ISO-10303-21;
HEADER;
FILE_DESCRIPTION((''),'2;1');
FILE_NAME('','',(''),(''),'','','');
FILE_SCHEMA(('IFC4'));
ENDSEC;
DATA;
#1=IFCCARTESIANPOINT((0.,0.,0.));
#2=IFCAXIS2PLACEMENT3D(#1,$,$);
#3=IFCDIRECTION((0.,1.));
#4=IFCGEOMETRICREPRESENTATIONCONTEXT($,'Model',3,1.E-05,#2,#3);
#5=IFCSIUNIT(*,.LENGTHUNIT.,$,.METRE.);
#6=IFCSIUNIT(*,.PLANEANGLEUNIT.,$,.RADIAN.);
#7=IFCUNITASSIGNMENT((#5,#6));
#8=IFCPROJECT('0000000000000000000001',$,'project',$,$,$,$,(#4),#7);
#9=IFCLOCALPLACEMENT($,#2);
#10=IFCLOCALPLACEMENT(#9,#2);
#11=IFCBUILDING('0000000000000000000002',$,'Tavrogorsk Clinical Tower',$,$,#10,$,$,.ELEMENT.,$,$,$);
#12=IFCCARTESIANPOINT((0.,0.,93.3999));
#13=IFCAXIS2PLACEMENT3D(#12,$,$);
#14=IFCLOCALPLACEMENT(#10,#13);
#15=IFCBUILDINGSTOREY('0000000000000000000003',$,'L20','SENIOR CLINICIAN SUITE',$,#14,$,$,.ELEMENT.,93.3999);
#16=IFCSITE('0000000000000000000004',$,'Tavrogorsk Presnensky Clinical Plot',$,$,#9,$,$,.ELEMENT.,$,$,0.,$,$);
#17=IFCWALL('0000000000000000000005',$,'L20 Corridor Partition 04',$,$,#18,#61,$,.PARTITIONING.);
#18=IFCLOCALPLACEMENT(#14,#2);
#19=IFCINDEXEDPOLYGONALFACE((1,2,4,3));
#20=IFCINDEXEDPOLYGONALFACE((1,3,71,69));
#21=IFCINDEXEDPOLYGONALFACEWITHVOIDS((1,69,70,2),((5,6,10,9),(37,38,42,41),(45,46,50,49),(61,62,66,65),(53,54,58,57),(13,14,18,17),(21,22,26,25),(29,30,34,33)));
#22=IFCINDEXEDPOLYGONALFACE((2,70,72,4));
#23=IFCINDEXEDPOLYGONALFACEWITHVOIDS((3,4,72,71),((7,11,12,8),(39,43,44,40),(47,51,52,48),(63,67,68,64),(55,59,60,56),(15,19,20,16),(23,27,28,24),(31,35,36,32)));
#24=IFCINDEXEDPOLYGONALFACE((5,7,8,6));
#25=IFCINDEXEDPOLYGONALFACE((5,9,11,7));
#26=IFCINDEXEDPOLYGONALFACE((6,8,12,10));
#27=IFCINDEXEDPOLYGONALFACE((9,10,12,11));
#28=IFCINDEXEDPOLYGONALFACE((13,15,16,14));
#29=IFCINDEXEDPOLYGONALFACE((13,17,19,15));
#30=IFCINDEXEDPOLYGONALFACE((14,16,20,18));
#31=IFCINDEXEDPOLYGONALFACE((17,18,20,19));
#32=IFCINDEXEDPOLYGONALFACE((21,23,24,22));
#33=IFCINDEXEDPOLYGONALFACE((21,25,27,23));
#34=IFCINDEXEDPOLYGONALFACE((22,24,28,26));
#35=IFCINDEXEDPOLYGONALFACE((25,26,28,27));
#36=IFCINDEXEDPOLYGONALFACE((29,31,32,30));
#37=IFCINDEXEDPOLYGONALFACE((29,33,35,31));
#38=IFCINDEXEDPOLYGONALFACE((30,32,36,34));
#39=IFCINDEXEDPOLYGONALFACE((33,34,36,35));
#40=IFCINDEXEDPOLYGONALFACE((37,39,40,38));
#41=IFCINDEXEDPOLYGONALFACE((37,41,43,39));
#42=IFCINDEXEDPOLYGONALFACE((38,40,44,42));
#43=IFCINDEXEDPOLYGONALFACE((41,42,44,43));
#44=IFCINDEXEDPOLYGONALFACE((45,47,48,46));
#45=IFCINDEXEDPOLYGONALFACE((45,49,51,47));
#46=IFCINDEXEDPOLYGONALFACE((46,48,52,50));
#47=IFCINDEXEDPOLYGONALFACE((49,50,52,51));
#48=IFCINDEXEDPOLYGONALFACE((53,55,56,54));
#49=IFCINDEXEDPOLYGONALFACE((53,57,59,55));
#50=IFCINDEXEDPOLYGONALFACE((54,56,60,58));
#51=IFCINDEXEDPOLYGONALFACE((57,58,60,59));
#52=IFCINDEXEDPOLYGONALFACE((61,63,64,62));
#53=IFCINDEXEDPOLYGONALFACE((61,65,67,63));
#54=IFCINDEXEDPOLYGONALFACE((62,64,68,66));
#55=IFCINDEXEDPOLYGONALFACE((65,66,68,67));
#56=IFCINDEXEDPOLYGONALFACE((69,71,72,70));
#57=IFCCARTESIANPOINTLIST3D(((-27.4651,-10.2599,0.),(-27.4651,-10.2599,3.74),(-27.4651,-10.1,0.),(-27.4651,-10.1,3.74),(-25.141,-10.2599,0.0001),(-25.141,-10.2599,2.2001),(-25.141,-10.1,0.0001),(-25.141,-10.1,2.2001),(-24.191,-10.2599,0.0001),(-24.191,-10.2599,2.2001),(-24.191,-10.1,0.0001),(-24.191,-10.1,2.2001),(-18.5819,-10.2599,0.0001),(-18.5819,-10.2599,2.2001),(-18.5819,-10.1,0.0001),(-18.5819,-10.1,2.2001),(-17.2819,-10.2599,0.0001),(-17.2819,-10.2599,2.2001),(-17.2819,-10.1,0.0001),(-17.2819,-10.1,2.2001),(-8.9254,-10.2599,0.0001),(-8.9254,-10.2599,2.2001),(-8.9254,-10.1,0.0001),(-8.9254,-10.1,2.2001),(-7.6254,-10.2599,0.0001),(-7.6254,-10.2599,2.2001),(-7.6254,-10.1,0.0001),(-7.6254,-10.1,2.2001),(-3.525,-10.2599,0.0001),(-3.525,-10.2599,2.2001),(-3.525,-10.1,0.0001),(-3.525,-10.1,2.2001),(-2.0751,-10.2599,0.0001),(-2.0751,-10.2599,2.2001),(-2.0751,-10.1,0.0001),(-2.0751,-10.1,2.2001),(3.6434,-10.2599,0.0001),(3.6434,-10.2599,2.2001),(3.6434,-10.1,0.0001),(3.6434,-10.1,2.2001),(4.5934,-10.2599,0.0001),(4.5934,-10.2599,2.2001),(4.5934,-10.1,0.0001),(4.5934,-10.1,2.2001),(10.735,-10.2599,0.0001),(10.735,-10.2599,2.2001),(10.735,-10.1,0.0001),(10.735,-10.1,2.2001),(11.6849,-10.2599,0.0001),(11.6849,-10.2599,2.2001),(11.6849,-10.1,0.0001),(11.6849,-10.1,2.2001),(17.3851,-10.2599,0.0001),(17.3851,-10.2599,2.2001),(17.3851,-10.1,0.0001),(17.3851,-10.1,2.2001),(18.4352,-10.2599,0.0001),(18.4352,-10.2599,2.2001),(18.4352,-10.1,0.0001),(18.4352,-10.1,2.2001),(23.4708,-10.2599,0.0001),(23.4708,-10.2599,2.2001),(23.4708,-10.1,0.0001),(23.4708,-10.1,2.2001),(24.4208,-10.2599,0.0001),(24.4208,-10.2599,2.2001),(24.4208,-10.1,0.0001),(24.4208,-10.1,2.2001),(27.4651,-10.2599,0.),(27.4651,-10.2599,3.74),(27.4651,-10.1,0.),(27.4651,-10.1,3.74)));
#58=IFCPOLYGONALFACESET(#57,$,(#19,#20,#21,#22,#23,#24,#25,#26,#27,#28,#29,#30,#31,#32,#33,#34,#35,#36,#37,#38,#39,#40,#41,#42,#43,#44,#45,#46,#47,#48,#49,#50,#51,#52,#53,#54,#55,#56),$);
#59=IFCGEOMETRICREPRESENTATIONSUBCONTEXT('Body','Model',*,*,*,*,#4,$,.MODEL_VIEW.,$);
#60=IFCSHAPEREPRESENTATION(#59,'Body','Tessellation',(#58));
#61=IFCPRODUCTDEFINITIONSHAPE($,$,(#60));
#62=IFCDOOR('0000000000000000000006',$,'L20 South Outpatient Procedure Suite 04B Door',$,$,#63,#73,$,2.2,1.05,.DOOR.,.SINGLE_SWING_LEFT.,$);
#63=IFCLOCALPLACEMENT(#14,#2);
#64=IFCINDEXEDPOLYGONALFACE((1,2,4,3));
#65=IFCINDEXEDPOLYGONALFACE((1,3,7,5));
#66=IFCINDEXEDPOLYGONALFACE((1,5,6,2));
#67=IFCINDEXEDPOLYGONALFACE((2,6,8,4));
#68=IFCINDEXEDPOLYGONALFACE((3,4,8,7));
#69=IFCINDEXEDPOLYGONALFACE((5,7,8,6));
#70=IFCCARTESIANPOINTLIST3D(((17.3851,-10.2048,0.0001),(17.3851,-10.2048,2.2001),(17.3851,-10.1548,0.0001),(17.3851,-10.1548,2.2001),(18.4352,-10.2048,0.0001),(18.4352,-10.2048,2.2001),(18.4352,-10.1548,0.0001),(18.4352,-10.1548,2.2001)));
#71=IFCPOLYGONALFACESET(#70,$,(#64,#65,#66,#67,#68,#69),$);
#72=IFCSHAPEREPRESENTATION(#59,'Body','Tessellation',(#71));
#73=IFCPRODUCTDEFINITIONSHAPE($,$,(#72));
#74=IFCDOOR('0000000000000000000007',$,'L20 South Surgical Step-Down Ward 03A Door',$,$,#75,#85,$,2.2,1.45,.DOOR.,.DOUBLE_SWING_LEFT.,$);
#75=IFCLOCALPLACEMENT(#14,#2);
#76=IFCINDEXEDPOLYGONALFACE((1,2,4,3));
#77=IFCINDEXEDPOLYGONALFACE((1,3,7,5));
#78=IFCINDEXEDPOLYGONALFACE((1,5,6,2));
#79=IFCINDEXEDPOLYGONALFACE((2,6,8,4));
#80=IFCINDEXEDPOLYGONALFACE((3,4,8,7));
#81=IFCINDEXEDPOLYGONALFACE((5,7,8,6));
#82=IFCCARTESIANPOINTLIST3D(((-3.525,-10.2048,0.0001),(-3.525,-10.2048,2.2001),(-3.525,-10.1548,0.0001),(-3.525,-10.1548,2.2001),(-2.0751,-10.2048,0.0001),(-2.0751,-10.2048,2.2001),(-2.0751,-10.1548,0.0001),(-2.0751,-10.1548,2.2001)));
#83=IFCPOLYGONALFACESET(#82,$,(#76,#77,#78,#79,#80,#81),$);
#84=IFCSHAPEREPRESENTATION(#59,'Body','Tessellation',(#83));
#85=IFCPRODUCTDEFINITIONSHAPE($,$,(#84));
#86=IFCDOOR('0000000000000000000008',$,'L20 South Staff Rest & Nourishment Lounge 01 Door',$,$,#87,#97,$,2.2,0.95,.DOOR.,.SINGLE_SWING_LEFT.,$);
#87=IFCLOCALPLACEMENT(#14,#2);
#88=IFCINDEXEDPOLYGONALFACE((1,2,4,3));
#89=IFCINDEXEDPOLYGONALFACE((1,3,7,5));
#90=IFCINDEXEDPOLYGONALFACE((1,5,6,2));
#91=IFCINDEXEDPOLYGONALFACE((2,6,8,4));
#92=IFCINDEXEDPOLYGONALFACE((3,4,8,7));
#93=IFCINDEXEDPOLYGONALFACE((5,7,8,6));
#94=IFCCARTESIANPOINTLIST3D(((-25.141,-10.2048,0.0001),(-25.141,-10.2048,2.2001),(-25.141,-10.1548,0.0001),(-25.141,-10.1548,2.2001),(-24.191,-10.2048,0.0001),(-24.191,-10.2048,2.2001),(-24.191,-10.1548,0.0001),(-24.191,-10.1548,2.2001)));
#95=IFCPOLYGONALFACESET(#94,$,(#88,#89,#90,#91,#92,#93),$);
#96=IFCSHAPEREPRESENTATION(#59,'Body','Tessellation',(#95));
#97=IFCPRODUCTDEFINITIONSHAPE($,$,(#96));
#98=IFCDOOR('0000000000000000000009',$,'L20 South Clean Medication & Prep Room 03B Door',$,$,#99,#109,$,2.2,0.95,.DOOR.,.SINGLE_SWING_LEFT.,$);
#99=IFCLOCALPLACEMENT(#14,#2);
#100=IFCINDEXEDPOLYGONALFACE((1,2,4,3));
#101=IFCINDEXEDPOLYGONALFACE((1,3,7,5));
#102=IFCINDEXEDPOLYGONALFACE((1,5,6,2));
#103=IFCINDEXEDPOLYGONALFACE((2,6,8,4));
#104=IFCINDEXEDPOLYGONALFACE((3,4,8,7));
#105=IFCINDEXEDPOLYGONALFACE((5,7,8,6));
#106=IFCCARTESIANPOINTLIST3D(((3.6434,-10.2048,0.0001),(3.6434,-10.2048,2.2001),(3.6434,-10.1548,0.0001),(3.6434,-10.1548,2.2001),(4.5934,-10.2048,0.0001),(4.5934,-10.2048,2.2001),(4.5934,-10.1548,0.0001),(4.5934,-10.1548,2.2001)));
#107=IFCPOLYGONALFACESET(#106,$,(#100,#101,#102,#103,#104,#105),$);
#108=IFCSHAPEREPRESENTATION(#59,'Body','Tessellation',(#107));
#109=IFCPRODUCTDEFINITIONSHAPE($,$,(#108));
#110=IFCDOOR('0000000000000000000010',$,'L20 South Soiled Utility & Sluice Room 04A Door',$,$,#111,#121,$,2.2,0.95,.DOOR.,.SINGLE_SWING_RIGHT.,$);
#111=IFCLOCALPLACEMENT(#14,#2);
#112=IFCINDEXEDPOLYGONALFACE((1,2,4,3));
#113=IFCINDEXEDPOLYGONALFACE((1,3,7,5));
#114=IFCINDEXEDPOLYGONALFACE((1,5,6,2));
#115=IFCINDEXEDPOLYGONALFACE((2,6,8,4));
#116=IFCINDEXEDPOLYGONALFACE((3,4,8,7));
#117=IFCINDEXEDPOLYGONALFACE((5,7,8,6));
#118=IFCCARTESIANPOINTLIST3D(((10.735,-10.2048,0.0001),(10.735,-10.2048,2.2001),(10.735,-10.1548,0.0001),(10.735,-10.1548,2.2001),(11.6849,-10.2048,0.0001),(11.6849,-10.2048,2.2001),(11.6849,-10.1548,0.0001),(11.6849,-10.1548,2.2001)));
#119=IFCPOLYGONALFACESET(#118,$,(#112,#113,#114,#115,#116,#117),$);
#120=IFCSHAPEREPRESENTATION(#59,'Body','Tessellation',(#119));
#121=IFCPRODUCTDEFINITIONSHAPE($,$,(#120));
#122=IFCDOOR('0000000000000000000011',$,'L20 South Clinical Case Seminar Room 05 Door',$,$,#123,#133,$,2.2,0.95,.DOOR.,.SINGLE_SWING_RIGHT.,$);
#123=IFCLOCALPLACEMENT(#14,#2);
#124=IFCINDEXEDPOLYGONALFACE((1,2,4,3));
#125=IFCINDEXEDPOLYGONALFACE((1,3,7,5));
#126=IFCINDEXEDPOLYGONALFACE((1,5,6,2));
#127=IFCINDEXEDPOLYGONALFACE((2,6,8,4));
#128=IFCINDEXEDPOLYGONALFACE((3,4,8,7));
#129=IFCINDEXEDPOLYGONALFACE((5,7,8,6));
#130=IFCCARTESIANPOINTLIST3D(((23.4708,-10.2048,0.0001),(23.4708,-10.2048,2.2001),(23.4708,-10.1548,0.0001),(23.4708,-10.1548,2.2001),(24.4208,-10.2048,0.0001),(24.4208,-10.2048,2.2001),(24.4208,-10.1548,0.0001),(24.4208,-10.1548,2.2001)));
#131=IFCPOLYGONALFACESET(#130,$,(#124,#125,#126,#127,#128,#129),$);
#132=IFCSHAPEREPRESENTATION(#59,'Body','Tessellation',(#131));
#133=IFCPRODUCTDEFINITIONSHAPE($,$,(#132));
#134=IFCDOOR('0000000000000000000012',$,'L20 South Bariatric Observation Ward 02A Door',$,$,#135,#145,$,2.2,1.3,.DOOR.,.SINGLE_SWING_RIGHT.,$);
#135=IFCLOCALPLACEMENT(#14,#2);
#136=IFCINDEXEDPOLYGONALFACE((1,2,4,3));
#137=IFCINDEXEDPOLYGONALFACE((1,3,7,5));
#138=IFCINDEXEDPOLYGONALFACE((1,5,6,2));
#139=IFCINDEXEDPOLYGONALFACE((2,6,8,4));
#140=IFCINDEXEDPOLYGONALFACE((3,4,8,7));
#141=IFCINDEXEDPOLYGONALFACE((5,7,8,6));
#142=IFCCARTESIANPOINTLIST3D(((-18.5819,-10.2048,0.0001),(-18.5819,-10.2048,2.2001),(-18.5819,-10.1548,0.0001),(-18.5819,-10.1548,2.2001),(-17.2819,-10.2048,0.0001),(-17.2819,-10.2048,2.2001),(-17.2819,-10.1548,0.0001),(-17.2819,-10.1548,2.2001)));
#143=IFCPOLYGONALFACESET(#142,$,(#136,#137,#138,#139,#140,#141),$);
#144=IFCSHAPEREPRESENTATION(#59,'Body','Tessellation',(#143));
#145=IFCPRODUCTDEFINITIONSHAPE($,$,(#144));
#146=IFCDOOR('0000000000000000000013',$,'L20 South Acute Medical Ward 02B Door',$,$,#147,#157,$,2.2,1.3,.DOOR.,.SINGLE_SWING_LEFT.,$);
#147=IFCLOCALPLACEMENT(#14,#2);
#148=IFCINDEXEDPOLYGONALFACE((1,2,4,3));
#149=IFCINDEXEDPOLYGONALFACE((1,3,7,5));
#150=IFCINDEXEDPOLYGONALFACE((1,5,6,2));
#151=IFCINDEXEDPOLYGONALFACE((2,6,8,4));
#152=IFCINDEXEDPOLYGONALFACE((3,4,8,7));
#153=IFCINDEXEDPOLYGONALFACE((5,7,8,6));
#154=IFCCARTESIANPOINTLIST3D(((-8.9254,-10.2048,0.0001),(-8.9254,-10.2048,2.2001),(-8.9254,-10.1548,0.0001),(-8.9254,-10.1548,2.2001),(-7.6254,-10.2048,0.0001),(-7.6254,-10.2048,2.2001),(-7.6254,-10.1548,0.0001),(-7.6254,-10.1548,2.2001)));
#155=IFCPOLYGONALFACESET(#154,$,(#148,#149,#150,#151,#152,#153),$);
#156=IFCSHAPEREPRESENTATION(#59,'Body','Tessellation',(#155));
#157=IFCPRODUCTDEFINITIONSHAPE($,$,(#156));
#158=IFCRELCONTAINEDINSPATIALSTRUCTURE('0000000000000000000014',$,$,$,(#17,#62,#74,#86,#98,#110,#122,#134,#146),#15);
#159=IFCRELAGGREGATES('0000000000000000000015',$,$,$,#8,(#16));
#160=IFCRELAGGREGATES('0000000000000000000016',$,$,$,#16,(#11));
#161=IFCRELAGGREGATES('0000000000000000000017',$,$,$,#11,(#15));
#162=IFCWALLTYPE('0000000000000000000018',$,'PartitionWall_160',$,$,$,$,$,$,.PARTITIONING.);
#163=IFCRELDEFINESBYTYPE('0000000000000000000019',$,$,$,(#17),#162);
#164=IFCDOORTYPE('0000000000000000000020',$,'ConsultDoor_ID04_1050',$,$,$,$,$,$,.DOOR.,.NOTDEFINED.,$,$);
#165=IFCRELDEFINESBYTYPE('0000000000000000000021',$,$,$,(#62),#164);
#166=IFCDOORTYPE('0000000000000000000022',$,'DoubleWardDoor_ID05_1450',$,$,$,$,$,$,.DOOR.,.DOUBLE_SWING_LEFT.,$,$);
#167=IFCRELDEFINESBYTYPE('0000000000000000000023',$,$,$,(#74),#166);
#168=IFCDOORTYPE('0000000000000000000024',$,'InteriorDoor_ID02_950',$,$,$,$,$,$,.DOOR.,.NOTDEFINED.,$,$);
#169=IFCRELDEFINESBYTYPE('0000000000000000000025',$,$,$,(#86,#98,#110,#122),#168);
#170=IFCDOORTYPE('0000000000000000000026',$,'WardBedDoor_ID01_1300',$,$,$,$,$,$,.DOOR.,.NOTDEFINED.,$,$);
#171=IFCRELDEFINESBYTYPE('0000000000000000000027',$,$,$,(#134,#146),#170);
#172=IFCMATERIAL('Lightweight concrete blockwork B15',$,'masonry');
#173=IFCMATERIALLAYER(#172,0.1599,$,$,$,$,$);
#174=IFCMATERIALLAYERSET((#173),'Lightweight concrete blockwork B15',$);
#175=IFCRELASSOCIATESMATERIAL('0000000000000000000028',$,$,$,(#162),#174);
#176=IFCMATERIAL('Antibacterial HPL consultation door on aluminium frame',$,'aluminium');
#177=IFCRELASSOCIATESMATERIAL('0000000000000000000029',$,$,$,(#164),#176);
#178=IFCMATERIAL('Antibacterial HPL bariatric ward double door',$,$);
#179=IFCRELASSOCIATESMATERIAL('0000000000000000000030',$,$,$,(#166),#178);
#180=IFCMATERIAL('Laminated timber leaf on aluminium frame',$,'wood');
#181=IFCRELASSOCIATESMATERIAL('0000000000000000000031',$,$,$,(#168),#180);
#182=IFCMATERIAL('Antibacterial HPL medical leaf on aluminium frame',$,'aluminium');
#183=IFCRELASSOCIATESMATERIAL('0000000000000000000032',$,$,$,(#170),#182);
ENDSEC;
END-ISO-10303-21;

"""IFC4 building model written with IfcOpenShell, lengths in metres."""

from ifc_helpers import new_model, si_unit, direction, frame, frame_2d, origin, place, context, subcontext, project, spatial, rectangle, extrude, material, layer, layer_set, type_object, element, fill, save


model = new_model("IFC4")

# Units and contexts
model_context = context("Model", 3, precision=1e-05, world=origin(), true_north=direction((0.0, 1.0)))
body_context = subcontext(model_context, "Body", "Model", "MODEL_VIEW")
ifc_project = project(units=[si_unit("LENGTHUNIT", "METRE"), si_unit("PLANEANGLEUNIT", "RADIAN")], contexts=[model_context])

# Site, building, storey
site_placement = place(None, origin())
site = spatial("IfcSite", under=ifc_project, at=site_placement, Name="Tavrogorsk Presnensky Clinical Plot", CompositionType="ELEMENT", RefElevation=0.0)
building_placement = place(site_placement, origin())
building = spatial("IfcBuilding", under=site, at=building_placement, Name="Tavrogorsk Clinical Tower", CompositionType="ELEMENT")
storey_placement = place(building_placement, frame((0.0, 0.0, 93.3999)))
storey = spatial("IfcBuildingStorey", under=building, at=storey_placement, Name="L20", Description="SENIOR CLINICIAN SUITE", CompositionType="ELEMENT", Elevation=93.3999)

# Wall, openings, doors
ifc_material_1 = material(Name="Lightweight concrete blockwork B15", Category="masonry")
ifc_layer_1 = layer(ifc_material_1, 0.1599)
ifc_layer_set_1 = layer_set([ifc_layer_1], Name="Lightweight concrete blockwork B15")
wall_type_1 = type_object("IfcWallType", Name="PartitionWall_160", PredefinedType="PARTITIONING", material=ifc_layer_set_1)
wall_1_placement = place(storey_placement, frame((27.4651, -10.1799, 0.0), z_axis=(0.0, 0.0, 1.0), x_axis=(-1.0, 0.0, 0.0)))
wall_1 = element("IfcWall", 1, at=wall_1_placement, inside=storey, type_object=wall_type_1, Name="L20 Corridor Partition 04", PredefinedType="PARTITIONING", context=body_context, shape_type="SweptSolid", body=[
    extrude(rectangle(XDim=54.9302, YDim=0.1599, at=frame_2d((27.4651, 0.0))), origin(), (0.0, 0.0, 1.0), 3.74),
])
opening_1_placement = place(wall_1_placement, frame((51.656, 0.0, 0.0)))
opening_1 = element("IfcOpeningElement", 2, at=opening_1_placement, cuts=wall_1, PredefinedType="OPENING", context=body_context, shape_type="SweptSolid", body=[
    extrude(rectangle(XDim=0.95, YDim=2.2, at=frame_2d((0.4751, 1.1001))), frame((0.0, 0.0898, 0.0), z_axis=(0.0, -1.0, 0.0), x_axis=(1.0, 0.0, 0.0)), (0.0, 0.0, 1.0), 0.1799),
])
opening_2_placement = place(wall_1_placement, frame((44.7471, 0.0, 0.0)))
opening_2 = element("IfcOpeningElement", 3, at=opening_2_placement, cuts=wall_1, PredefinedType="OPENING", context=body_context, shape_type="SweptSolid", body=[
    extrude(rectangle(XDim=1.3, YDim=2.2, at=frame_2d((0.6499, 1.1001))), frame((0.0, 0.0898, 0.0), z_axis=(0.0, -1.0, 0.0), x_axis=(1.0, 0.0, 0.0)), (0.0, 0.0, 1.0), 0.1799),
])
opening_3_placement = place(wall_1_placement, frame((35.0906, 0.0, 0.0)))
opening_3 = element("IfcOpeningElement", 4, at=opening_3_placement, cuts=wall_1, PredefinedType="OPENING", context=body_context, shape_type="SweptSolid", body=[
    extrude(rectangle(XDim=1.3, YDim=2.2, at=frame_2d((0.6499, 1.1001))), frame((0.0, 0.0898, 0.0), z_axis=(0.0, -1.0, 0.0), x_axis=(1.0, 0.0, 0.0)), (0.0, 0.0, 1.0), 0.1799),
])
opening_4_placement = place(wall_1_placement, frame((29.54, 0.0, 0.0)))
opening_4 = element("IfcOpeningElement", 5, at=opening_4_placement, cuts=wall_1, PredefinedType="OPENING", context=body_context, shape_type="SweptSolid", body=[
    extrude(rectangle(XDim=1.45, YDim=2.2, at=frame_2d((0.7251, 1.1001))), frame((0.0, 0.0898, 0.0), z_axis=(0.0, -1.0, 0.0), x_axis=(1.0, 0.0, 0.0)), (0.0, 0.0, 1.0), 0.1799),
])
opening_5_placement = place(wall_1_placement, frame((22.8716, 0.0, 0.0)))
opening_5 = element("IfcOpeningElement", 6, at=opening_5_placement, cuts=wall_1, PredefinedType="OPENING", context=body_context, shape_type="SweptSolid", body=[
    extrude(rectangle(XDim=0.95, YDim=2.2, at=frame_2d((0.4751, 1.1001))), frame((0.0, 0.0898, 0.0), z_axis=(0.0, -1.0, 0.0), x_axis=(1.0, 0.0, 0.0)), (0.0, 0.0, 1.0), 0.1799),
])
opening_6_placement = place(wall_1_placement, frame((15.78, 0.0, 0.0)))
opening_6 = element("IfcOpeningElement", 7, at=opening_6_placement, cuts=wall_1, PredefinedType="OPENING", context=body_context, shape_type="SweptSolid", body=[
    extrude(rectangle(XDim=0.95, YDim=2.2, at=frame_2d((0.4751, 1.1001))), frame((0.0, 0.0898, 0.0), z_axis=(0.0, -1.0, 0.0), x_axis=(1.0, 0.0, 0.0)), (0.0, 0.0, 1.0), 0.1799),
])
opening_7_placement = place(wall_1_placement, frame((9.03, 0.0, 0.0)))
opening_7 = element("IfcOpeningElement", 8, at=opening_7_placement, cuts=wall_1, PredefinedType="OPENING", context=body_context, shape_type="SweptSolid", body=[
    extrude(rectangle(XDim=1.05, YDim=2.2, at=frame_2d((0.5249, 1.1001))), frame((0.0, 0.0898, 0.0), z_axis=(0.0, -1.0, 0.0), x_axis=(1.0, 0.0, 0.0)), (0.0, 0.0, 1.0), 0.1799),
])
opening_8_placement = place(wall_1_placement, frame((3.0442, 0.0, 0.0)))
opening_8 = element("IfcOpeningElement", 9, at=opening_8_placement, cuts=wall_1, PredefinedType="OPENING", context=body_context, shape_type="SweptSolid", body=[
    extrude(rectangle(XDim=0.95, YDim=2.2, at=frame_2d((0.4751, 1.1001))), frame((0.0, 0.0898, 0.0), z_axis=(0.0, -1.0, 0.0), x_axis=(1.0, 0.0, 0.0)), (0.0, 0.0, 1.0), 0.1799),
])
ifc_material_2 = material(Name="Antibacterial HPL consultation door on aluminium frame", Category="aluminium")
door_type_1 = type_object("IfcDoorType", Name="ConsultDoor_ID04_1050", OperationType="NOTDEFINED", PredefinedType="DOOR", material=ifc_material_2)
door_1_placement = place(opening_7_placement, origin())
door_1 = element("IfcDoor", 10, at=door_1_placement, inside=storey, type_object=door_type_1, Name="L20 South Outpatient Procedure Suite 04B Door", OperationType="SINGLE_SWING_LEFT", OverallHeight=2.2, OverallWidth=1.05, PredefinedType="DOOR", context=body_context, shape_type="SweptSolid", body=[
    extrude(rectangle(XDim=1.05, YDim=2.2, at=frame_2d((0.5249, 1.1001))), frame((0.0, 0.0249, 0.0), z_axis=(0.0, -1.0, 0.0), x_axis=(1.0, 0.0, 0.0)), (0.0, 0.0, 1.0), 0.05),
])
fill(opening_7, door_1)
ifc_material_3 = material(Name="Antibacterial HPL bariatric ward double door")
door_type_2 = type_object("IfcDoorType", Name="DoubleWardDoor_ID05_1450", OperationType="DOUBLE_SWING_LEFT", PredefinedType="DOOR", material=ifc_material_3)
door_2_placement = place(opening_4_placement, origin())
door_2 = element("IfcDoor", 11, at=door_2_placement, inside=storey, type_object=door_type_2, Name="L20 South Surgical Step-Down Ward 03A Door", OperationType="DOUBLE_SWING_LEFT", OverallHeight=2.2, OverallWidth=1.45, PredefinedType="DOOR", context=body_context, shape_type="SweptSolid", body=[
    extrude(rectangle(XDim=1.45, YDim=2.2, at=frame_2d((0.7251, 1.1001))), frame((0.0, 0.0249, 0.0), z_axis=(0.0, -1.0, 0.0), x_axis=(1.0, 0.0, 0.0)), (0.0, 0.0, 1.0), 0.05),
])
fill(opening_4, door_2)
ifc_material_4 = material(Name="Laminated timber leaf on aluminium frame", Category="wood")
door_type_3 = type_object("IfcDoorType", Name="InteriorDoor_ID02_950", OperationType="NOTDEFINED", PredefinedType="DOOR", material=ifc_material_4)
door_3_placement = place(opening_1_placement, origin())
door_3 = element("IfcDoor", 12, at=door_3_placement, inside=storey, type_object=door_type_3, Name="L20 South Staff Rest & Nourishment Lounge 01 Door", OperationType="SINGLE_SWING_LEFT", OverallHeight=2.2, OverallWidth=0.95, PredefinedType="DOOR", context=body_context, shape_type="SweptSolid", body=[
    extrude(rectangle(XDim=0.95, YDim=2.2, at=frame_2d((0.4751, 1.1001))), frame((0.0, 0.0249, 0.0), z_axis=(0.0, -1.0, 0.0), x_axis=(1.0, 0.0, 0.0)), (0.0, 0.0, 1.0), 0.05),
])
fill(opening_1, door_3)
door_4_placement = place(opening_5_placement, origin())
door_4 = element("IfcDoor", 13, at=door_4_placement, inside=storey, type_object=door_type_3, Name="L20 South Clean Medication & Prep Room 03B Door", OperationType="SINGLE_SWING_LEFT", OverallHeight=2.2, OverallWidth=0.95, PredefinedType="DOOR", context=body_context, shape_type="SweptSolid", body=[
    extrude(rectangle(XDim=0.95, YDim=2.2, at=frame_2d((0.4751, 1.1001))), frame((0.0, 0.0249, 0.0), z_axis=(0.0, -1.0, 0.0), x_axis=(1.0, 0.0, 0.0)), (0.0, 0.0, 1.0), 0.05),
])
fill(opening_5, door_4)
door_5_placement = place(opening_6_placement, origin())
door_5 = element("IfcDoor", 14, at=door_5_placement, inside=storey, type_object=door_type_3, Name="L20 South Soiled Utility & Sluice Room 04A Door", OperationType="SINGLE_SWING_RIGHT", OverallHeight=2.2, OverallWidth=0.95, PredefinedType="DOOR", context=body_context, shape_type="SweptSolid", body=[
    extrude(rectangle(XDim=0.95, YDim=2.2, at=frame_2d((0.4751, 1.1001))), frame((0.0, 0.0249, 0.0), z_axis=(0.0, -1.0, 0.0), x_axis=(1.0, 0.0, 0.0)), (0.0, 0.0, 1.0), 0.05),
])
fill(opening_6, door_5)
door_6_placement = place(opening_8_placement, origin())
door_6 = element("IfcDoor", 15, at=door_6_placement, inside=storey, type_object=door_type_3, Name="L20 South Clinical Case Seminar Room 05 Door", OperationType="SINGLE_SWING_RIGHT", OverallHeight=2.2, OverallWidth=0.95, PredefinedType="DOOR", context=body_context, shape_type="SweptSolid", body=[
    extrude(rectangle(XDim=0.95, YDim=2.2, at=frame_2d((0.4751, 1.1001))), frame((0.0, 0.0249, 0.0), z_axis=(0.0, -1.0, 0.0), x_axis=(1.0, 0.0, 0.0)), (0.0, 0.0, 1.0), 0.05),
])
fill(opening_8, door_6)
ifc_material_5 = material(Name="Antibacterial HPL medical leaf on aluminium frame", Category="aluminium")
door_type_4 = type_object("IfcDoorType", Name="WardBedDoor_ID01_1300", OperationType="NOTDEFINED", PredefinedType="DOOR", material=ifc_material_5)
door_7_placement = place(opening_2_placement, origin())
door_7 = element("IfcDoor", 16, at=door_7_placement, inside=storey, type_object=door_type_4, Name="L20 South Bariatric Observation Ward 02A Door", OperationType="SINGLE_SWING_RIGHT", OverallHeight=2.2, OverallWidth=1.3, PredefinedType="DOOR", context=body_context, shape_type="SweptSolid", body=[
    extrude(rectangle(XDim=1.3, YDim=2.2, at=frame_2d((0.6499, 1.1001))), frame((0.0, 0.0249, 0.0), z_axis=(0.0, -1.0, 0.0), x_axis=(1.0, 0.0, 0.0)), (0.0, 0.0, 1.0), 0.05),
])
fill(opening_2, door_7)
door_8_placement = place(opening_3_placement, origin())
door_8 = element("IfcDoor", 17, at=door_8_placement, inside=storey, type_object=door_type_4, Name="L20 South Acute Medical Ward 02B Door", OperationType="SINGLE_SWING_LEFT", OverallHeight=2.2, OverallWidth=1.3, PredefinedType="DOOR", context=body_context, shape_type="SweptSolid", body=[
    extrude(rectangle(XDim=1.3, YDim=2.2, at=frame_2d((0.6499, 1.1001))), frame((0.0, 0.0249, 0.0), z_axis=(0.0, -1.0, 0.0), x_axis=(1.0, 0.0, 0.0)), (0.0, 0.0, 1.0), 0.05),
])
fill(opening_3, door_8)

save(model, "model.ifc")
